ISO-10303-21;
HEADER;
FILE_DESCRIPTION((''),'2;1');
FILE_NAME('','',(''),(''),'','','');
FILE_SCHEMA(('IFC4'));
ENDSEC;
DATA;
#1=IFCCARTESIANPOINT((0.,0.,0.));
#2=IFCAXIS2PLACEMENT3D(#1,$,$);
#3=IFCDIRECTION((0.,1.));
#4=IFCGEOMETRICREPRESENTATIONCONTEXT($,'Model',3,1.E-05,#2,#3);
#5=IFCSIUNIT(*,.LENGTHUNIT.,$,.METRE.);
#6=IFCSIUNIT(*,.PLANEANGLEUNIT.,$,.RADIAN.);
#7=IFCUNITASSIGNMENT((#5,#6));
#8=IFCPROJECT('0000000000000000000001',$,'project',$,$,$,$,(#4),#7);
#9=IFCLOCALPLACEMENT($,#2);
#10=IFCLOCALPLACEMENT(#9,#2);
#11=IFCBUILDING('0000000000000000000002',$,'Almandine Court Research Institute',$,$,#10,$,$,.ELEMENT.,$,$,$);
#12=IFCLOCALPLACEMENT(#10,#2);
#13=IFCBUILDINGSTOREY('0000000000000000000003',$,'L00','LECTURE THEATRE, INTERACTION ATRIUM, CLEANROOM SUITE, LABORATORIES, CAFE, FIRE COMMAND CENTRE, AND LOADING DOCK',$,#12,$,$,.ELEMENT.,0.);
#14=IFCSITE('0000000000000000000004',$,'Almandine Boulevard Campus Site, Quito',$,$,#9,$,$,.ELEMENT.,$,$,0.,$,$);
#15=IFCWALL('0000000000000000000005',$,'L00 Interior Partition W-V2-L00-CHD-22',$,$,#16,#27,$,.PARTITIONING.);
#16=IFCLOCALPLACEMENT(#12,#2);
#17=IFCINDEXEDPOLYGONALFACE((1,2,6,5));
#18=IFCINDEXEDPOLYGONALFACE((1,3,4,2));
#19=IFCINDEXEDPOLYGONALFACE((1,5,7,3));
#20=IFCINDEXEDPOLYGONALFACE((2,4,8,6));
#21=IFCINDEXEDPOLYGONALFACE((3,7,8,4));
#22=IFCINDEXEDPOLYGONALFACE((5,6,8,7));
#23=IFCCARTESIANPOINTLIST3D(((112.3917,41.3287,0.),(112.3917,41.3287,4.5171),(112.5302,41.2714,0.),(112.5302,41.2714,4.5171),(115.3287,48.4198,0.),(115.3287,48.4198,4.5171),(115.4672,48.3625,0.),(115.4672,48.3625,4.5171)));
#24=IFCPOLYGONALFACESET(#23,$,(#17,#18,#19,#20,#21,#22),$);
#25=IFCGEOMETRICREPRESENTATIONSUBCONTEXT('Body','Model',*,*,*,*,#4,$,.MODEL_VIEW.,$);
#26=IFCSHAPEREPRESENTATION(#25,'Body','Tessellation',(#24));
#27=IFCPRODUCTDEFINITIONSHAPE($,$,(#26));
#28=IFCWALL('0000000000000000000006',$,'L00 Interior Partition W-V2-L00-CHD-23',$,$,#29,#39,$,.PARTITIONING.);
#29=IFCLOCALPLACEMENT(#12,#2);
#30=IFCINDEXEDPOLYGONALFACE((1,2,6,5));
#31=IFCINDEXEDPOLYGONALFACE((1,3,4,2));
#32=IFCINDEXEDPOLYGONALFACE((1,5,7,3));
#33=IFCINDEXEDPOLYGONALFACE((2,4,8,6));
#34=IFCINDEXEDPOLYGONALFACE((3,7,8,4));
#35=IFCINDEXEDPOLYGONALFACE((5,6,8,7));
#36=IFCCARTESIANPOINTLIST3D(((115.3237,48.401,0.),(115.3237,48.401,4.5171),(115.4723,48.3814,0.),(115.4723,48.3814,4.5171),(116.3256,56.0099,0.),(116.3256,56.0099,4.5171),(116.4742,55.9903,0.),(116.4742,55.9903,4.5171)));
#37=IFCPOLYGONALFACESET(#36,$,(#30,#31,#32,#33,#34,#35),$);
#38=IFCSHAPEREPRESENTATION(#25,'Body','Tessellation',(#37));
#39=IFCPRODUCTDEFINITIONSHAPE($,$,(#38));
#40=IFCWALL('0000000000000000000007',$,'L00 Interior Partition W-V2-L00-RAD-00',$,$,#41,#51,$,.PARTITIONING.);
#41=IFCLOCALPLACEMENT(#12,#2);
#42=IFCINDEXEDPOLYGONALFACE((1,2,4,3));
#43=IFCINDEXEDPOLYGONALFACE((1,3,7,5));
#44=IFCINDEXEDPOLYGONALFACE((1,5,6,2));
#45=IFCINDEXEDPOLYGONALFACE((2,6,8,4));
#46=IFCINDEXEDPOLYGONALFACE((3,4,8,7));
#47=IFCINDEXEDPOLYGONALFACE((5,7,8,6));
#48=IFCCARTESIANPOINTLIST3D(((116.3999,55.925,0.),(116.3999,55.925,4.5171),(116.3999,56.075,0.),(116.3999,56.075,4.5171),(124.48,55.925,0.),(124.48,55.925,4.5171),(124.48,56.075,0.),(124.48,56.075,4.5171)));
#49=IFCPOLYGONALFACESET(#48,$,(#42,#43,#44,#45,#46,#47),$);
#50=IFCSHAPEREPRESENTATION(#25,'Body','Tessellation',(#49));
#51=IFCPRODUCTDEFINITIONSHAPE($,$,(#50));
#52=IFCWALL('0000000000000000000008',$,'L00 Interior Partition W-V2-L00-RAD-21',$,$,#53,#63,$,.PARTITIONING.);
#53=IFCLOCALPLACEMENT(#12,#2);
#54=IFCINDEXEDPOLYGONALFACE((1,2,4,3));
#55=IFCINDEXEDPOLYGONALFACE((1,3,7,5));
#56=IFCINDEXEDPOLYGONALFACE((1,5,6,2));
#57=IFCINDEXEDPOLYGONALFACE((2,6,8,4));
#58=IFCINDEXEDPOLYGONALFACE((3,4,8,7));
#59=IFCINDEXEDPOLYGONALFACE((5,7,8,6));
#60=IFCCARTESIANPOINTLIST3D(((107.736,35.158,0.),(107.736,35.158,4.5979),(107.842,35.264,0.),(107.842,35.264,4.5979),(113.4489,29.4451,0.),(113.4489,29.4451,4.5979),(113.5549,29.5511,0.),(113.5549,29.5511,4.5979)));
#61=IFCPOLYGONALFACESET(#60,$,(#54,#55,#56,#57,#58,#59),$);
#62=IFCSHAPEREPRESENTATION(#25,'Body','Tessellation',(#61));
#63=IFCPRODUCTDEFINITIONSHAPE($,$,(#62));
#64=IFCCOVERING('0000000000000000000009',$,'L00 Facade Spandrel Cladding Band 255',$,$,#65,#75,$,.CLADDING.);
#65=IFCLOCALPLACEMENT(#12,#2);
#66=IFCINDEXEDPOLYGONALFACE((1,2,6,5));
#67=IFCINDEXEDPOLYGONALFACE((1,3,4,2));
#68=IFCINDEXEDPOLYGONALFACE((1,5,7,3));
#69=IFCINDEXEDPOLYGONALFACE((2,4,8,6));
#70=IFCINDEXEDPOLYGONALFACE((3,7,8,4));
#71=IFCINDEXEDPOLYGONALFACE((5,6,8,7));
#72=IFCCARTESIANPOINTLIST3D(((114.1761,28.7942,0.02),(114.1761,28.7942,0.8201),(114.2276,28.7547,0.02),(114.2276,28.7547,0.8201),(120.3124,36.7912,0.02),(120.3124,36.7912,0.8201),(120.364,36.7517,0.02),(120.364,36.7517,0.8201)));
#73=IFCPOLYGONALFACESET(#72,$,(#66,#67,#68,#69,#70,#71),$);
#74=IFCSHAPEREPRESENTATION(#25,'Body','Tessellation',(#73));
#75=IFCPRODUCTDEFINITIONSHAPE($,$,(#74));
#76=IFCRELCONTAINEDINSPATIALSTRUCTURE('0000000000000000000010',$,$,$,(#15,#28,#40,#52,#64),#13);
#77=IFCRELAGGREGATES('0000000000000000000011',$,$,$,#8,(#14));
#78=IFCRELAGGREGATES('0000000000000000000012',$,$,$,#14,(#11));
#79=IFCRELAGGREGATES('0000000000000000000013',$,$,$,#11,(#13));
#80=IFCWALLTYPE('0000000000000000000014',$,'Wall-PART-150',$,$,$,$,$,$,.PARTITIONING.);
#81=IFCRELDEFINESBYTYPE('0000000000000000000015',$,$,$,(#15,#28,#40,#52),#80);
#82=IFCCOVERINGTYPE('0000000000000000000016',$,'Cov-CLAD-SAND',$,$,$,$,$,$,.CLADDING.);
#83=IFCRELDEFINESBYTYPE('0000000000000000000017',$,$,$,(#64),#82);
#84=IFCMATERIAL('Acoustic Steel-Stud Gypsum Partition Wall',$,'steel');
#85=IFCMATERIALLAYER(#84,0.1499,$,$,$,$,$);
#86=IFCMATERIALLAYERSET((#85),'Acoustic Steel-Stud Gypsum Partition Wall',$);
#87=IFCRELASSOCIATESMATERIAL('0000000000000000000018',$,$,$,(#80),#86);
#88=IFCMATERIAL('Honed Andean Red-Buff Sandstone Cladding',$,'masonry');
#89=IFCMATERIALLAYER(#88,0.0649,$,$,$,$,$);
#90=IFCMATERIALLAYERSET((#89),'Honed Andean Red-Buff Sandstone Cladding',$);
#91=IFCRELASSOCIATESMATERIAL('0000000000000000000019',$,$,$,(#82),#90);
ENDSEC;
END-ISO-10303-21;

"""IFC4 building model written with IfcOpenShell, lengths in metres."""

from ifc_helpers import new_model, si_unit, direction, frame, frame_2d, origin, origin_2d, place, context, subcontext, project, spatial, rectangle, extrude, material, layer, layer_set, type_object, element, save


model = new_model("IFC4")

# Units and contexts
model_context = context("Model", 3, precision=1e-05, world=origin(), true_north=direction((0.0, 1.0)))
body_context = subcontext(model_context, "Body", "Model", "MODEL_VIEW")
ifc_project = project(units=[si_unit("LENGTHUNIT", "METRE"), si_unit("PLANEANGLEUNIT", "RADIAN")], contexts=[model_context])

# Site, building, storey
site_placement = place(None, origin())
site = spatial("IfcSite", under=ifc_project, at=site_placement, Name="Almandine Boulevard Campus Site, Quito", CompositionType="ELEMENT", RefElevation=0.0)
building_placement = place(site_placement, origin())
building = spatial("IfcBuilding", under=site, at=building_placement, Name="Almandine Court Research Institute", CompositionType="ELEMENT")
storey_placement = place(building_placement, origin())
storey = spatial("IfcBuildingStorey", under=building, at=storey_placement, Name="L00", Description="LECTURE THEATRE, INTERACTION ATRIUM, CLEANROOM SUITE, LABORATORIES, CAFE, FIRE COMMAND CENTRE, AND LOADING DOCK", CompositionType="ELEMENT", Elevation=0.0)

# Shared definitions
ifc_material_1 = material(Name="Acoustic Steel-Stud Gypsum Partition Wall", Category="steel")
ifc_layer_1 = layer(ifc_material_1, 0.1499)
ifc_layer_set_1 = layer_set([ifc_layer_1], Name="Acoustic Steel-Stud Gypsum Partition Wall")
wall_type_1 = type_object("IfcWallType", Name="Wall-PART-150", PredefinedType="PARTITIONING", material=ifc_layer_set_1)

# Walls
wall_1_placement = place(storey_placement, frame((112.4609, 41.3, 0.0), z_axis=(0.0, 0.0, 1.0), x_axis=(0.382661, 0.923889, 0.0)))
element("IfcWall", 1, at=wall_1_placement, inside=storey, type_object=wall_type_1, Name="L00 Interior Partition W-V2-L00-CHD-22", PredefinedType="PARTITIONING", context=body_context, shape_type="SweptSolid", body=[
    extrude(rectangle(XDim=7.6753, YDim=0.1499, at=frame_2d((3.8376, 0.0))), origin(), (0.0, 0.0, 1.0), 4.5171),
])
wall_2_placement = place(storey_placement, frame((115.3979, 48.3911, 0.0), z_axis=(0.0, 0.0, 1.0), x_axis=(0.130555, 0.991441, 0.0)))
element("IfcWall", 2, at=wall_2_placement, inside=storey, type_object=wall_type_1, Name="L00 Interior Partition W-V2-L00-CHD-23", PredefinedType="PARTITIONING", context=body_context, shape_type="SweptSolid", body=[
    extrude(rectangle(XDim=7.6746, YDim=0.1499, at=frame_2d((3.8374, 0.0))), origin(), (0.0, 0.0, 1.0), 4.5171),
])
wall_3_placement = place(storey_placement, frame((116.3999, 56.0, 0.0), z_axis=(0.0, 0.0, 1.0), x_axis=(1.0, 0.0, 0.0)))
element("IfcWall", 3, at=wall_3_placement, inside=storey, type_object=wall_type_1, Name="L00 Interior Partition W-V2-L00-RAD-00", PredefinedType="PARTITIONING", context=body_context, shape_type="SweptSolid", body=[
    extrude(rectangle(XDim=8.0801, YDim=0.1499, at=frame_2d((4.04, 0.0))), origin(), (0.0, 0.0, 1.0), 4.5171),
])
wall_4_placement = place(storey_placement, frame((107.7891, 35.2109, 0.0), z_axis=(0.0, 0.0, 1.0), x_axis=(0.707107, -0.707107, 0.0)))
element("IfcWall", 4, at=wall_4_placement, inside=storey, type_object=wall_type_1, Name="L00 Interior Partition W-V2-L00-RAD-21", PredefinedType="PARTITIONING", context=body_context, shape_type="SweptSolid", body=[
    extrude(rectangle(XDim=8.0793, YDim=0.1499, at=frame_2d((4.0396, 0.0))), origin(), (0.0, 0.0, 1.0), 4.5979),
])

# Covering
ifc_material_2 = material(Name="Honed Andean Red-Buff Sandstone Cladding", Category="masonry")
ifc_layer_2 = layer(ifc_material_2, 0.0649)
ifc_layer_set_2 = layer_set([ifc_layer_2], Name="Honed Andean Red-Buff Sandstone Cladding")
covering_type = type_object("IfcCoveringType", Name="Cov-CLAD-SAND", PredefinedType="CLADDING", material=ifc_layer_set_2)
covering_placement = place(storey_placement, frame((117.27, 32.7729, 0.02), z_axis=(0.0, 0.0, 1.0), x_axis=(0.608761, 0.793353, 0.0)))
element("IfcCovering", 5, at=covering_placement, inside=storey, type_object=covering_type, Name="L00 Facade Spandrel Cladding Band 255", PredefinedType="CLADDING", context=body_context, shape_type="SweptSolid", body=[
    extrude(rectangle(XDim=10.0801, YDim=0.0649, at=origin_2d()), origin(), (0.0, 0.0, 1.0), 0.8),
])

save(model, "model.ifc")
